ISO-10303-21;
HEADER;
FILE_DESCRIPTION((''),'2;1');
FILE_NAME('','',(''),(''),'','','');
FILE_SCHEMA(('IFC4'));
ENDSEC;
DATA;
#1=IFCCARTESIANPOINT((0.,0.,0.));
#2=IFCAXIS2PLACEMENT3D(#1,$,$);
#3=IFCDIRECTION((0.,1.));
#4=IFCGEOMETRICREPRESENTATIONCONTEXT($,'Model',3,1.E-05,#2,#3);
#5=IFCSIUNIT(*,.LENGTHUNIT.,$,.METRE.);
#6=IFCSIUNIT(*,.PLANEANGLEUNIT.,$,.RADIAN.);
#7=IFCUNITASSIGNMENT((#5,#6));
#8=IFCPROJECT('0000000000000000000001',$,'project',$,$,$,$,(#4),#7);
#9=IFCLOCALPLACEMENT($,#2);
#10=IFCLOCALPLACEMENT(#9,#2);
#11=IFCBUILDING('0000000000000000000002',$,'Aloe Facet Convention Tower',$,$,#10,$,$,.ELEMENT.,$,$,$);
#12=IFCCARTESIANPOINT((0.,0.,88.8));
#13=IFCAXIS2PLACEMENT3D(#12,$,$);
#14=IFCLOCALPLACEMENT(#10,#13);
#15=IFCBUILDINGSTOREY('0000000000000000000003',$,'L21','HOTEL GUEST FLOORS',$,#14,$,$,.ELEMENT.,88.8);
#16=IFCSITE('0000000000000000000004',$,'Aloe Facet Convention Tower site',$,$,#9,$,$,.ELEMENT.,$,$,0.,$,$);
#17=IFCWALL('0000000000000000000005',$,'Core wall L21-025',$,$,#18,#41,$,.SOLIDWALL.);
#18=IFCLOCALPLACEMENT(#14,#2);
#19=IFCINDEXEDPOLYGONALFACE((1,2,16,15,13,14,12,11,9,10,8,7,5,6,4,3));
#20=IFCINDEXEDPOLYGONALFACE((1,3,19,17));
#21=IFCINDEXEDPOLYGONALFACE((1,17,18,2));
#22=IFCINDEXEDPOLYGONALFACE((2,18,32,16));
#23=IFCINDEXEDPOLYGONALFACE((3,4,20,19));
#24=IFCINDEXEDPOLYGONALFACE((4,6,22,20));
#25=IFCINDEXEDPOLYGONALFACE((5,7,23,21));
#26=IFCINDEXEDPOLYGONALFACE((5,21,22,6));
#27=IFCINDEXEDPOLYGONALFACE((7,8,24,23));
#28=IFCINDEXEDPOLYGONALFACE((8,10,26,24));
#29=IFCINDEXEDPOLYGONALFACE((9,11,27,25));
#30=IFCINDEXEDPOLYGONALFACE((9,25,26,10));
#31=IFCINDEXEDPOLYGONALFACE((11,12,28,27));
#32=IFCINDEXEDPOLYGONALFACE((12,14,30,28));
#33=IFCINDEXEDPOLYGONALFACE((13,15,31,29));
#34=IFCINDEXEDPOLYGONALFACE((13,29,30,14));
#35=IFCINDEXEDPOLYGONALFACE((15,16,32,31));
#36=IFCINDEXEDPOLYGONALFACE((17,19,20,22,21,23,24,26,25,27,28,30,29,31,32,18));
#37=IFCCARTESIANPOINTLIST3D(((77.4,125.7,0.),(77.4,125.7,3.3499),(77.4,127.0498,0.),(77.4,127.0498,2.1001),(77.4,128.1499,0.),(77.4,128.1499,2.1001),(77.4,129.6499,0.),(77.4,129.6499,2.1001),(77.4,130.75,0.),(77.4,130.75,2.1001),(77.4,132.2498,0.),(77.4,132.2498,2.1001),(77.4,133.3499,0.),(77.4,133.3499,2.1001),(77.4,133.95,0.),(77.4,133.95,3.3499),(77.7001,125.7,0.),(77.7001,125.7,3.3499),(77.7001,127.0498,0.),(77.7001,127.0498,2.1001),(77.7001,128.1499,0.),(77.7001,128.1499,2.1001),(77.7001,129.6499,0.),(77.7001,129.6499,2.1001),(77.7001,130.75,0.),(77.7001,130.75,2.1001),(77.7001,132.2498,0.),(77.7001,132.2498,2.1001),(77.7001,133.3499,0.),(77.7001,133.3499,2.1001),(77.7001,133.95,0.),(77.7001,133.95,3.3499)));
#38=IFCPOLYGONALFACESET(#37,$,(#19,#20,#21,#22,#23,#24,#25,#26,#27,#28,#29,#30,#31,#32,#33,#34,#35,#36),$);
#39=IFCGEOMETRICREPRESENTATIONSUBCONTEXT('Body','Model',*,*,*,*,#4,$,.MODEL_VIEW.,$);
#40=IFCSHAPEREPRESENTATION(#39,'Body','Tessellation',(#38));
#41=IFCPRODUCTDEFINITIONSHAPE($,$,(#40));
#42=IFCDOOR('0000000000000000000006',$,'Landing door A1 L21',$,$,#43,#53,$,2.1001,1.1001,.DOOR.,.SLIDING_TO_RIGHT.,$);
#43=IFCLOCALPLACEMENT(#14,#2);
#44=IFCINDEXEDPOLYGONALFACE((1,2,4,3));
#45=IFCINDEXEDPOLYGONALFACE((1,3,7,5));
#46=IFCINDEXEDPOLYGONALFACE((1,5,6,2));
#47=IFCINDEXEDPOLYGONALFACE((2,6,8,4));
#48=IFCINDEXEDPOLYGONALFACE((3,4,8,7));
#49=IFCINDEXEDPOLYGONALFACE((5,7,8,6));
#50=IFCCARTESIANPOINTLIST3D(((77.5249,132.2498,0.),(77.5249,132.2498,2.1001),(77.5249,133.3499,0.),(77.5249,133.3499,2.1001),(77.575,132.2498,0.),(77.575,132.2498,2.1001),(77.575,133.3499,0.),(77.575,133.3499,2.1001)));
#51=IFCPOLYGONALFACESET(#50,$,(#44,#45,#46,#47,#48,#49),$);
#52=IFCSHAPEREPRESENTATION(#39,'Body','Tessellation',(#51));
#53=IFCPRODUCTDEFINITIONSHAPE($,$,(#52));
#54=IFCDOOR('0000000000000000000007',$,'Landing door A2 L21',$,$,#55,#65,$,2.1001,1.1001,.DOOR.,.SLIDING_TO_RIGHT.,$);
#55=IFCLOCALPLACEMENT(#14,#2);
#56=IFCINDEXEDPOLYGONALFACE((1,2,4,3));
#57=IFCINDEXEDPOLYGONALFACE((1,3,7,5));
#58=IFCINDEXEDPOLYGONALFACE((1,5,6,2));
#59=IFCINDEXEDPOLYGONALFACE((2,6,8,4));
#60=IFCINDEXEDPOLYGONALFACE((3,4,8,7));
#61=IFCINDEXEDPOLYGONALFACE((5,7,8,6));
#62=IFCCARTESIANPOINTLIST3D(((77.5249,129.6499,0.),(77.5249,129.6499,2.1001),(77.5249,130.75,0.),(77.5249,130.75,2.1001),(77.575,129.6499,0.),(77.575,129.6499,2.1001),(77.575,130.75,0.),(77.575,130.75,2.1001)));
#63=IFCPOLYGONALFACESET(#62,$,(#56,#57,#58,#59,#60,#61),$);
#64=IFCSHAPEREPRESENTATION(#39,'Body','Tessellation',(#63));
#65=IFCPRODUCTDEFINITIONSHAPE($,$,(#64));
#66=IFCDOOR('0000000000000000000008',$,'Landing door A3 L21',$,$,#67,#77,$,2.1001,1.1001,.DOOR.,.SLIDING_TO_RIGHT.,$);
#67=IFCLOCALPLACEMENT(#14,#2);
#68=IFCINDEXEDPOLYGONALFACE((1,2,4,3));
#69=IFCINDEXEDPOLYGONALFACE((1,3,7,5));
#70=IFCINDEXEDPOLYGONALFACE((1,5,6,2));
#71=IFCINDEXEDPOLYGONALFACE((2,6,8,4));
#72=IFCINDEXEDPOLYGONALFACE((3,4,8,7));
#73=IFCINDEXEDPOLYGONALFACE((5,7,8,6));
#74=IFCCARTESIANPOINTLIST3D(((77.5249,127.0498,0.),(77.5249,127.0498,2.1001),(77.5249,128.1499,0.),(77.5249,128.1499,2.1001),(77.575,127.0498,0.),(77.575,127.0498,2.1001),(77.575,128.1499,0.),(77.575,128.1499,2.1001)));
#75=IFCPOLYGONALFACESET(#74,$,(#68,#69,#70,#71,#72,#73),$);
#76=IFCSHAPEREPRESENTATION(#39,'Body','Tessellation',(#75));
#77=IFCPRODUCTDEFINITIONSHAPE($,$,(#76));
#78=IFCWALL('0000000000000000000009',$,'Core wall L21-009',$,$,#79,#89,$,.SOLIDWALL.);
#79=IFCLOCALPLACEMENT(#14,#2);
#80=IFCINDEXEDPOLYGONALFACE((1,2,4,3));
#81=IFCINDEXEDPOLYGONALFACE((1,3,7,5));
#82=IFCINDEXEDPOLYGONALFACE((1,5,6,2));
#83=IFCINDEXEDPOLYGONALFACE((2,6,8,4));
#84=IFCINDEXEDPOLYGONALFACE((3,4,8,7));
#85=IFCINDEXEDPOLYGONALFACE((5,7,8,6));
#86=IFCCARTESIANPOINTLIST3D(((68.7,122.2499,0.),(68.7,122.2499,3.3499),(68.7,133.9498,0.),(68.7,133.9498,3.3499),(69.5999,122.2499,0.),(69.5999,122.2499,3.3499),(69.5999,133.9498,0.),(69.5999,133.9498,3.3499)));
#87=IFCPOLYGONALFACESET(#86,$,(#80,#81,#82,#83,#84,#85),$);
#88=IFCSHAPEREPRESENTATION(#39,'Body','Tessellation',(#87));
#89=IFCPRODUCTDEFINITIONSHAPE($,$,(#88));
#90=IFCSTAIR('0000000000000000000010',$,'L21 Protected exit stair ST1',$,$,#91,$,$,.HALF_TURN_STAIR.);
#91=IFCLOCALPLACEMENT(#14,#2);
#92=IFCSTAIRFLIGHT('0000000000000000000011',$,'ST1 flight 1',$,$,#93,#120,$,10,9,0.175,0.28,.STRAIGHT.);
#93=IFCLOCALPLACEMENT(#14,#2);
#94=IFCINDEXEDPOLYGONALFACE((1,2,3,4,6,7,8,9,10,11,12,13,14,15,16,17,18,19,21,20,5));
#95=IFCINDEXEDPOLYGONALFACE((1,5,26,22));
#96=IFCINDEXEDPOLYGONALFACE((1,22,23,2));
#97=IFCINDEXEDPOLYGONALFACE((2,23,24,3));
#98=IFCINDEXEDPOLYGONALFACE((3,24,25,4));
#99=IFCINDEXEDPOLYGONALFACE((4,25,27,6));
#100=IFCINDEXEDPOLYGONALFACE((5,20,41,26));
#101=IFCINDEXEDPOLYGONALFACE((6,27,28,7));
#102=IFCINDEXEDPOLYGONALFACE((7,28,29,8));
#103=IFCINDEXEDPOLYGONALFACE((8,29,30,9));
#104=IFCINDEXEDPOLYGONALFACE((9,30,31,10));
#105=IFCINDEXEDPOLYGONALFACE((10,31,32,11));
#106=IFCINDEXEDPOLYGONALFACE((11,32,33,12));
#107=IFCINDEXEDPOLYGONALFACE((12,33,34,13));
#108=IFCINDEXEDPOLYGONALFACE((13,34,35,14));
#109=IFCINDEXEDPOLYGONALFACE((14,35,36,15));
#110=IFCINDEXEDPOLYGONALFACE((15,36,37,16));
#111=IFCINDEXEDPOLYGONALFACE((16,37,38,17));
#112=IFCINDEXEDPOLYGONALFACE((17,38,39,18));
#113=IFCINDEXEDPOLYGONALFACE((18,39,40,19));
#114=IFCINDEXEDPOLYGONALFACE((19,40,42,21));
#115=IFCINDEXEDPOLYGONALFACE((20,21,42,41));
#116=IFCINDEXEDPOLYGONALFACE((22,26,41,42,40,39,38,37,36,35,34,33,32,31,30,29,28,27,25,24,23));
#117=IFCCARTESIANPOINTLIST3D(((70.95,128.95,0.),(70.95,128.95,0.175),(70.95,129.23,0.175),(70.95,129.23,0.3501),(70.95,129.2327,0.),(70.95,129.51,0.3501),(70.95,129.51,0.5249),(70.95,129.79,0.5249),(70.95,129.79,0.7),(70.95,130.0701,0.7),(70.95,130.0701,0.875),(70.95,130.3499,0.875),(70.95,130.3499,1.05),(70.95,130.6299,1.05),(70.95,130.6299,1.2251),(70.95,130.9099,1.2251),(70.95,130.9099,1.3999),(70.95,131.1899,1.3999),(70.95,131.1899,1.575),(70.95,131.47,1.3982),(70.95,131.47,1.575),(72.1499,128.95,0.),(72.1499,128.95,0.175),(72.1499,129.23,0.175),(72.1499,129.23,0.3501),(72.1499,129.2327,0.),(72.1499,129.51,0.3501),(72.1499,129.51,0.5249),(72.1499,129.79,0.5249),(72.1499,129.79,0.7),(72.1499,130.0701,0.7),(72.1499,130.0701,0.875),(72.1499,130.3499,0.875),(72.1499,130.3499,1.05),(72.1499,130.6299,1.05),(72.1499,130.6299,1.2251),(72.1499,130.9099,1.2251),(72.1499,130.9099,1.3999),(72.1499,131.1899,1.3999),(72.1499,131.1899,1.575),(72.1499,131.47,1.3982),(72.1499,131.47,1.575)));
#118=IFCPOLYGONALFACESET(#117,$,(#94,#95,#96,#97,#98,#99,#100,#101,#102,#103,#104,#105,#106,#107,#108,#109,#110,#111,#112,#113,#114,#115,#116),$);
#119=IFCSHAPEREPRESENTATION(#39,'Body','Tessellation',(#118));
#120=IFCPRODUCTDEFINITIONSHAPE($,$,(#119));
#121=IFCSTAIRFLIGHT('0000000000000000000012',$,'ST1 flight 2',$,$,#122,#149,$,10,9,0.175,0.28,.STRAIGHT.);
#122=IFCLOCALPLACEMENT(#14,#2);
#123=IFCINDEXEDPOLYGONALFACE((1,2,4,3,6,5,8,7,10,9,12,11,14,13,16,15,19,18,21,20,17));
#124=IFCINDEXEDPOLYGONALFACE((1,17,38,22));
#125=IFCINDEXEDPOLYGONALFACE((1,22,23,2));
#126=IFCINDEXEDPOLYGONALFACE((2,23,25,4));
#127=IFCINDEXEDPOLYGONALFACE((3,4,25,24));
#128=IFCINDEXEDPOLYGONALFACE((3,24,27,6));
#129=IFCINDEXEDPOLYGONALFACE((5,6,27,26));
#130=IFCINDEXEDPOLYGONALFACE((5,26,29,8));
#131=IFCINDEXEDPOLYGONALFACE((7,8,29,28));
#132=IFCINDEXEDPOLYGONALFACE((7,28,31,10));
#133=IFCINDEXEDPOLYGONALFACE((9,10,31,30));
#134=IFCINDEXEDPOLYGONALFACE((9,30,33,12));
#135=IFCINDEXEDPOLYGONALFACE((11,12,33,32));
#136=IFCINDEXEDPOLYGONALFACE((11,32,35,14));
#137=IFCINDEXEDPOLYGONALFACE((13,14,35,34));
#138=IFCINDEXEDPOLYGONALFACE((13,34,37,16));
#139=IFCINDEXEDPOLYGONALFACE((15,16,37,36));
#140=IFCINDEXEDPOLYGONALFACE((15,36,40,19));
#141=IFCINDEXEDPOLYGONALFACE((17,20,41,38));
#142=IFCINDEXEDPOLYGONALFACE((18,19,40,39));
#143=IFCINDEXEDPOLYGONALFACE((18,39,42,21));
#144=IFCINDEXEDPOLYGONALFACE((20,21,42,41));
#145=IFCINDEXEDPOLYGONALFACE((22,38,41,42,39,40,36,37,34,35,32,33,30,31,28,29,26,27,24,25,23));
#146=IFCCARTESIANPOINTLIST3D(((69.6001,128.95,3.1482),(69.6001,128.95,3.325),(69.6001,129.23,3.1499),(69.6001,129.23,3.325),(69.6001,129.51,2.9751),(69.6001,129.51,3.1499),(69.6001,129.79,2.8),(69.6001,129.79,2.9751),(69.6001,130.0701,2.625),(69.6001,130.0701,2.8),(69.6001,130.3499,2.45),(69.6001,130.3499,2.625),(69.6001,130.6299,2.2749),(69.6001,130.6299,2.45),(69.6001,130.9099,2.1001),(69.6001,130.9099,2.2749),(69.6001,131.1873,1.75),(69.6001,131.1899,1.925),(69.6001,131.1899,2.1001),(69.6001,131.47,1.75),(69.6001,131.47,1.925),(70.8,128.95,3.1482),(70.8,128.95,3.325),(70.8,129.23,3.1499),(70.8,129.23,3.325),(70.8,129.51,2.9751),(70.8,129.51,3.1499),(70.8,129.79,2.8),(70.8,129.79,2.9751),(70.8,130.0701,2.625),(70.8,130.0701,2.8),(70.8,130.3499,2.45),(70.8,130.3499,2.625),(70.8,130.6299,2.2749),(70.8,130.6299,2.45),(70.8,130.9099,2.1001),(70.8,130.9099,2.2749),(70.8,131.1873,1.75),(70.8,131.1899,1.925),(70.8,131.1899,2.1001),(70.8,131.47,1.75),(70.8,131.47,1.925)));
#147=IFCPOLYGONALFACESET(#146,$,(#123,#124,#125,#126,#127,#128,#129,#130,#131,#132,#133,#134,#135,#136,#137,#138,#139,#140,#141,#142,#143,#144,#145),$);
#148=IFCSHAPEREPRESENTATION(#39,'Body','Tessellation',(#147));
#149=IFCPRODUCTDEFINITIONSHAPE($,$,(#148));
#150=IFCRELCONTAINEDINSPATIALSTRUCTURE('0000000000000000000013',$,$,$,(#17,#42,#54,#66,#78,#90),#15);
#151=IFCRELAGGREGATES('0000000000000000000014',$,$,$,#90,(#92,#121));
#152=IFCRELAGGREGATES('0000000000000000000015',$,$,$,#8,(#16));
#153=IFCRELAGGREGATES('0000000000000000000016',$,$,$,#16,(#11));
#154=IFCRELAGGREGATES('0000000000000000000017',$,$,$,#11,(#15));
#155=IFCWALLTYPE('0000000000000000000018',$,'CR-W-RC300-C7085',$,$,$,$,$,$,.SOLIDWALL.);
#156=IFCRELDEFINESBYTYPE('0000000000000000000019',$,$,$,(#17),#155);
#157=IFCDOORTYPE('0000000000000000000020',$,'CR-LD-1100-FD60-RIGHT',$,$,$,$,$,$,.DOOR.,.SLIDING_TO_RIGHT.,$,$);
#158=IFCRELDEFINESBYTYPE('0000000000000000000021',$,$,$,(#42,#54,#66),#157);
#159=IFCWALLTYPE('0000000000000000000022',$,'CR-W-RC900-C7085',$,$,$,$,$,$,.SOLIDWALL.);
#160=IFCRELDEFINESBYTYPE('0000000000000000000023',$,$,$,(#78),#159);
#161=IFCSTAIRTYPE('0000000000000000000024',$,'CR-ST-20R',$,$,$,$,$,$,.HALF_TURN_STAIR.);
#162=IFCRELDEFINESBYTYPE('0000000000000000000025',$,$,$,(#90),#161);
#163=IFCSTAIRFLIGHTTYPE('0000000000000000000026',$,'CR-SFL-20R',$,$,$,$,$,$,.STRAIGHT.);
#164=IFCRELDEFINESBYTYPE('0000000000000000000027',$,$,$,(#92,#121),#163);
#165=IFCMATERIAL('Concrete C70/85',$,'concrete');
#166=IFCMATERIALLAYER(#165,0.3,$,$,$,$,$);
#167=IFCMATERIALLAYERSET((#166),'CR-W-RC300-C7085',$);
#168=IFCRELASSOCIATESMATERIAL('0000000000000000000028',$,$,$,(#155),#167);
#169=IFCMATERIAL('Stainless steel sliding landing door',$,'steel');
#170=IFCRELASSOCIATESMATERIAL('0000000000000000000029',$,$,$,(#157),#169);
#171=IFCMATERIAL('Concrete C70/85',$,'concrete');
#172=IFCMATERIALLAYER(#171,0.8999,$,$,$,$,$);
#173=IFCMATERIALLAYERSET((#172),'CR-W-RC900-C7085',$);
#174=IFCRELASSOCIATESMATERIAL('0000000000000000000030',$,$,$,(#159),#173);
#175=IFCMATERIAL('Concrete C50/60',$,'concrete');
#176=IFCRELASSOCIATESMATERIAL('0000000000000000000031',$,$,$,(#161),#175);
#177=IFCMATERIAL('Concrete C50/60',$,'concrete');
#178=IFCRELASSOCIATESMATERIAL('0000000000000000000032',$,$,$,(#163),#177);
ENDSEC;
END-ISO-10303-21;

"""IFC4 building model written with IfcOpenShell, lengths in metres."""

from ifc_helpers import new_model, si_unit, direction, frame, frame_2d, origin, place, context, subcontext, project, spatial, polyline, rectangle, outline, extrude, material, layer, layer_set, type_object, element, fill, aggregate, save


model = new_model("IFC4")

# Units and contexts
model_context = context("Model", 3, precision=1e-05, world=origin(), true_north=direction((0.0, 1.0)))
body_context = subcontext(model_context, "Body", "Model", "MODEL_VIEW")
ifc_project = project(units=[si_unit("LENGTHUNIT", "METRE"), si_unit("PLANEANGLEUNIT", "RADIAN")], contexts=[model_context])

# Site, building, storey
site_placement = place(None, origin())
site = spatial("IfcSite", under=ifc_project, at=site_placement, Name="Aloe Facet Convention Tower site", CompositionType="ELEMENT", RefElevation=0.0)
building_placement = place(site_placement, origin())
building = spatial("IfcBuilding", under=site, at=building_placement, Name="Aloe Facet Convention Tower", CompositionType="ELEMENT")
storey_placement = place(building_placement, frame((0.0, 0.0, 88.8)))
storey = spatial("IfcBuildingStorey", under=building, at=storey_placement, Name="L21", Description="HOTEL GUEST FLOORS", CompositionType="ELEMENT", Elevation=88.8)

# Shared definitions
ifc_material_1 = material(Name="Concrete C70/85", Category="concrete")
ifc_layer_1 = layer(ifc_material_1, 0.3)
ifc_layer_set_1 = layer_set([ifc_layer_1], Name="CR-W-RC300-C7085")
wall_type_1 = type_object("IfcWallType", Name="CR-W-RC300-C7085", PredefinedType="SOLIDWALL", material=ifc_layer_set_1)

# Wall, openings, doors
wall_1_placement = place(storey_placement, frame((77.55, 133.95, 0.0), z_axis=(0.0, 0.0, 1.0), x_axis=(0.0, -1.0, 0.0)))
wall_1 = element("IfcWall", 1, at=wall_1_placement, inside=storey, type_object=wall_type_1, Name="Core wall L21-025", PredefinedType="SOLIDWALL", context=body_context, shape_type="SweptSolid", body=[
    extrude(rectangle(XDim=8.25, YDim=0.3, at=frame_2d((4.125, 0.0))), origin(), (0.0, 0.0, 1.0), 3.3499),
])
opening_1_placement = place(wall_1_placement, frame((0.6001, 0.0, 0.0)))
opening_1 = element("IfcOpeningElement", 2, at=opening_1_placement, cuts=wall_1, PredefinedType="OPENING", context=body_context, shape_type="SweptSolid", body=[
    extrude(rectangle(XDim=1.1001, YDim=2.1001, at=frame_2d((0.55, 1.05))), frame((0.0, 0.1602, 0.0), z_axis=(0.0, -1.0, 0.0), x_axis=(1.0, 0.0, 0.0)), (0.0, 0.0, 1.0), 0.3201),
])
opening_2_placement = place(wall_1_placement, frame((3.2, 0.0, 0.0)))
opening_2 = element("IfcOpeningElement", 3, at=opening_2_placement, cuts=wall_1, PredefinedType="OPENING", context=body_context, shape_type="SweptSolid", body=[
    extrude(rectangle(XDim=1.1001, YDim=2.1001, at=frame_2d((0.55, 1.05))), frame((0.0, 0.1602, 0.0), z_axis=(0.0, -1.0, 0.0), x_axis=(1.0, 0.0, 0.0)), (0.0, 0.0, 1.0), 0.3201),
])
opening_3_placement = place(wall_1_placement, frame((5.8, 0.0, 0.0)))
opening_3 = element("IfcOpeningElement", 4, at=opening_3_placement, cuts=wall_1, PredefinedType="OPENING", context=body_context, shape_type="SweptSolid", body=[
    extrude(rectangle(XDim=1.1001, YDim=2.1001, at=frame_2d((0.55, 1.05))), frame((0.0, 0.1602, 0.0), z_axis=(0.0, -1.0, 0.0), x_axis=(1.0, 0.0, 0.0)), (0.0, 0.0, 1.0), 0.3201),
])
ifc_material_2 = material(Name="Stainless steel sliding landing door", Category="steel")
door_type_1 = type_object("IfcDoorType", Name="CR-LD-1100-FD60-RIGHT", OperationType="SLIDING_TO_RIGHT", PredefinedType="DOOR", material=ifc_material_2)
door_1_placement = place(opening_1_placement, origin())
door_1 = element("IfcDoor", 5, at=door_1_placement, inside=storey, type_object=door_type_1, Name="Landing door A1 L21", OperationType="SLIDING_TO_RIGHT", OverallHeight=2.1001, OverallWidth=1.1001, PredefinedType="DOOR", context=body_context, shape_type="SweptSolid", body=[
    extrude(rectangle(XDim=1.1001, YDim=2.1001, at=frame_2d((0.55, 1.05))), frame((0.0, 0.0249, 0.0), z_axis=(0.0, -1.0, 0.0), x_axis=(1.0, 0.0, 0.0)), (0.0, 0.0, 1.0), 0.05),
])
fill(opening_1, door_1)
door_2_placement = place(opening_2_placement, origin())
door_2 = element("IfcDoor", 6, at=door_2_placement, inside=storey, type_object=door_type_1, Name="Landing door A2 L21", OperationType="SLIDING_TO_RIGHT", OverallHeight=2.1001, OverallWidth=1.1001, PredefinedType="DOOR", context=body_context, shape_type="SweptSolid", body=[
    extrude(rectangle(XDim=1.1001, YDim=2.1001, at=frame_2d((0.55, 1.05))), frame((0.0, 0.0249, 0.0), z_axis=(0.0, -1.0, 0.0), x_axis=(1.0, 0.0, 0.0)), (0.0, 0.0, 1.0), 0.05),
])
fill(opening_2, door_2)
door_3_placement = place(opening_3_placement, origin())
door_3 = element("IfcDoor", 7, at=door_3_placement, inside=storey, type_object=door_type_1, Name="Landing door A3 L21", OperationType="SLIDING_TO_RIGHT", OverallHeight=2.1001, OverallWidth=1.1001, PredefinedType="DOOR", context=body_context, shape_type="SweptSolid", body=[
    extrude(rectangle(XDim=1.1001, YDim=2.1001, at=frame_2d((0.55, 1.05))), frame((0.0, 0.0249, 0.0), z_axis=(0.0, -1.0, 0.0), x_axis=(1.0, 0.0, 0.0)), (0.0, 0.0, 1.0), 0.05),
])
fill(opening_3, door_3)

# Wall
ifc_material_3 = material(Name="Concrete C70/85", Category="concrete")
ifc_layer_2 = layer(ifc_material_3, 0.8999)
ifc_layer_set_2 = layer_set([ifc_layer_2], Name="CR-W-RC900-C7085")
wall_type_2 = type_object("IfcWallType", Name="CR-W-RC900-C7085", PredefinedType="SOLIDWALL", material=ifc_layer_set_2)
wall_2_placement = place(storey_placement, frame((69.1499, 133.95, 0.0), z_axis=(0.0, 0.0, 1.0), x_axis=(0.0, -1.0, 0.0)))
element("IfcWall", 8, at=wall_2_placement, inside=storey, type_object=wall_type_2, Name="Core wall L21-009", PredefinedType="SOLIDWALL", context=body_context, shape_type="SweptSolid", body=[
    extrude(rectangle(XDim=11.7, YDim=0.8999, at=frame_2d((5.8501, 0.0))), origin(), (0.0, 0.0, 1.0), 3.3499),
])

# Stair, stair flights
ifc_material_4 = material(Name="Concrete C50/60", Category="concrete")
stair_type = type_object("IfcStairType", Name="CR-ST-20R", PredefinedType="HALF_TURN_STAIR", material=ifc_material_4)
stair_placement = place(storey_placement, origin())
stair = element("IfcStair", 9, at=stair_placement, inside=storey, type_object=stair_type, Name="L21 Protected exit stair ST1", PredefinedType="HALF_TURN_STAIR")
ifc_material_5 = material(Name="Concrete C50/60", Category="concrete")
stair_flight_type = type_object("IfcStairFlightType", Name="CR-SFL-20R", PredefinedType="STRAIGHT", material=ifc_material_5)
stair_flight_1_placement = place(storey_placement, frame((71.55, 128.95, 0.0), z_axis=(0.0, 0.0, 1.0), x_axis=(0.0, 1.0, 0.0)))
stair_flight_1 = element("IfcStairFlight", 10, at=stair_flight_1_placement, type_object=stair_flight_type, Name="ST1 flight 1", NumberOfRisers=10, NumberOfTreads=9, PredefinedType="STRAIGHT", RiserHeight=0.175, TreadLength=0.28, context=body_context, shape_type="SweptSolid", body=[
    extrude(outline(polyline([(0.0, 0.0), (0.0, 0.175), (0.28, 0.175), (0.28, 0.3501), (0.5601, 0.3501), (0.5601, 0.5249), (0.8401, 0.5249), (0.8401, 0.7), (1.1201, 0.7), (1.1201, 0.875), (1.3999, 0.875), (1.3999, 1.05), (1.6799, 1.05), (1.6799, 1.2251), (1.96, 1.2251), (1.96, 1.3999), (2.24, 1.3999), (2.24, 1.575), (2.52, 1.575), (2.52, 1.75), (2.52, 1.3982), (0.2827, 0.0), (0.0, 0.0)])), frame((0.0, 0.6001, 0.0), z_axis=(0.0, -1.0, 0.0), x_axis=(1.0, 0.0, 0.0)), (0.0, 0.0, 1.0), 1.2),
])
stair_flight_2_placement = place(storey_placement, frame((70.2, 131.47, 1.75), z_axis=(0.0, 0.0, 1.0), x_axis=(0.0, -1.0, 0.0)))
stair_flight_2 = element("IfcStairFlight", 11, at=stair_flight_2_placement, type_object=stair_flight_type, Name="ST1 flight 2", NumberOfRisers=10, NumberOfTreads=9, PredefinedType="STRAIGHT", RiserHeight=0.175, TreadLength=0.28, context=body_context, shape_type="SweptSolid", body=[
    extrude(outline(polyline([(0.0, 0.0), (0.0, 0.175), (0.28, 0.175), (0.28, 0.3501), (0.5601, 0.3501), (0.5601, 0.5249), (0.8401, 0.5249), (0.8401, 0.7), (1.1201, 0.7), (1.1201, 0.875), (1.3999, 0.875), (1.3999, 1.05), (1.6799, 1.05), (1.6799, 1.2251), (1.96, 1.2251), (1.96, 1.3999), (2.24, 1.3999), (2.24, 1.575), (2.52, 1.575), (2.52, 1.75), (2.52, 1.3982), (0.2827, 0.0), (0.0, 0.0)])), frame((0.0, 0.6001, 0.0), z_axis=(0.0, -1.0, 0.0), x_axis=(1.0, 0.0, 0.0)), (0.0, 0.0, 1.0), 1.2),
])
aggregate(stair, [stair_flight_1, stair_flight_2])

save(model, "model.ifc")
